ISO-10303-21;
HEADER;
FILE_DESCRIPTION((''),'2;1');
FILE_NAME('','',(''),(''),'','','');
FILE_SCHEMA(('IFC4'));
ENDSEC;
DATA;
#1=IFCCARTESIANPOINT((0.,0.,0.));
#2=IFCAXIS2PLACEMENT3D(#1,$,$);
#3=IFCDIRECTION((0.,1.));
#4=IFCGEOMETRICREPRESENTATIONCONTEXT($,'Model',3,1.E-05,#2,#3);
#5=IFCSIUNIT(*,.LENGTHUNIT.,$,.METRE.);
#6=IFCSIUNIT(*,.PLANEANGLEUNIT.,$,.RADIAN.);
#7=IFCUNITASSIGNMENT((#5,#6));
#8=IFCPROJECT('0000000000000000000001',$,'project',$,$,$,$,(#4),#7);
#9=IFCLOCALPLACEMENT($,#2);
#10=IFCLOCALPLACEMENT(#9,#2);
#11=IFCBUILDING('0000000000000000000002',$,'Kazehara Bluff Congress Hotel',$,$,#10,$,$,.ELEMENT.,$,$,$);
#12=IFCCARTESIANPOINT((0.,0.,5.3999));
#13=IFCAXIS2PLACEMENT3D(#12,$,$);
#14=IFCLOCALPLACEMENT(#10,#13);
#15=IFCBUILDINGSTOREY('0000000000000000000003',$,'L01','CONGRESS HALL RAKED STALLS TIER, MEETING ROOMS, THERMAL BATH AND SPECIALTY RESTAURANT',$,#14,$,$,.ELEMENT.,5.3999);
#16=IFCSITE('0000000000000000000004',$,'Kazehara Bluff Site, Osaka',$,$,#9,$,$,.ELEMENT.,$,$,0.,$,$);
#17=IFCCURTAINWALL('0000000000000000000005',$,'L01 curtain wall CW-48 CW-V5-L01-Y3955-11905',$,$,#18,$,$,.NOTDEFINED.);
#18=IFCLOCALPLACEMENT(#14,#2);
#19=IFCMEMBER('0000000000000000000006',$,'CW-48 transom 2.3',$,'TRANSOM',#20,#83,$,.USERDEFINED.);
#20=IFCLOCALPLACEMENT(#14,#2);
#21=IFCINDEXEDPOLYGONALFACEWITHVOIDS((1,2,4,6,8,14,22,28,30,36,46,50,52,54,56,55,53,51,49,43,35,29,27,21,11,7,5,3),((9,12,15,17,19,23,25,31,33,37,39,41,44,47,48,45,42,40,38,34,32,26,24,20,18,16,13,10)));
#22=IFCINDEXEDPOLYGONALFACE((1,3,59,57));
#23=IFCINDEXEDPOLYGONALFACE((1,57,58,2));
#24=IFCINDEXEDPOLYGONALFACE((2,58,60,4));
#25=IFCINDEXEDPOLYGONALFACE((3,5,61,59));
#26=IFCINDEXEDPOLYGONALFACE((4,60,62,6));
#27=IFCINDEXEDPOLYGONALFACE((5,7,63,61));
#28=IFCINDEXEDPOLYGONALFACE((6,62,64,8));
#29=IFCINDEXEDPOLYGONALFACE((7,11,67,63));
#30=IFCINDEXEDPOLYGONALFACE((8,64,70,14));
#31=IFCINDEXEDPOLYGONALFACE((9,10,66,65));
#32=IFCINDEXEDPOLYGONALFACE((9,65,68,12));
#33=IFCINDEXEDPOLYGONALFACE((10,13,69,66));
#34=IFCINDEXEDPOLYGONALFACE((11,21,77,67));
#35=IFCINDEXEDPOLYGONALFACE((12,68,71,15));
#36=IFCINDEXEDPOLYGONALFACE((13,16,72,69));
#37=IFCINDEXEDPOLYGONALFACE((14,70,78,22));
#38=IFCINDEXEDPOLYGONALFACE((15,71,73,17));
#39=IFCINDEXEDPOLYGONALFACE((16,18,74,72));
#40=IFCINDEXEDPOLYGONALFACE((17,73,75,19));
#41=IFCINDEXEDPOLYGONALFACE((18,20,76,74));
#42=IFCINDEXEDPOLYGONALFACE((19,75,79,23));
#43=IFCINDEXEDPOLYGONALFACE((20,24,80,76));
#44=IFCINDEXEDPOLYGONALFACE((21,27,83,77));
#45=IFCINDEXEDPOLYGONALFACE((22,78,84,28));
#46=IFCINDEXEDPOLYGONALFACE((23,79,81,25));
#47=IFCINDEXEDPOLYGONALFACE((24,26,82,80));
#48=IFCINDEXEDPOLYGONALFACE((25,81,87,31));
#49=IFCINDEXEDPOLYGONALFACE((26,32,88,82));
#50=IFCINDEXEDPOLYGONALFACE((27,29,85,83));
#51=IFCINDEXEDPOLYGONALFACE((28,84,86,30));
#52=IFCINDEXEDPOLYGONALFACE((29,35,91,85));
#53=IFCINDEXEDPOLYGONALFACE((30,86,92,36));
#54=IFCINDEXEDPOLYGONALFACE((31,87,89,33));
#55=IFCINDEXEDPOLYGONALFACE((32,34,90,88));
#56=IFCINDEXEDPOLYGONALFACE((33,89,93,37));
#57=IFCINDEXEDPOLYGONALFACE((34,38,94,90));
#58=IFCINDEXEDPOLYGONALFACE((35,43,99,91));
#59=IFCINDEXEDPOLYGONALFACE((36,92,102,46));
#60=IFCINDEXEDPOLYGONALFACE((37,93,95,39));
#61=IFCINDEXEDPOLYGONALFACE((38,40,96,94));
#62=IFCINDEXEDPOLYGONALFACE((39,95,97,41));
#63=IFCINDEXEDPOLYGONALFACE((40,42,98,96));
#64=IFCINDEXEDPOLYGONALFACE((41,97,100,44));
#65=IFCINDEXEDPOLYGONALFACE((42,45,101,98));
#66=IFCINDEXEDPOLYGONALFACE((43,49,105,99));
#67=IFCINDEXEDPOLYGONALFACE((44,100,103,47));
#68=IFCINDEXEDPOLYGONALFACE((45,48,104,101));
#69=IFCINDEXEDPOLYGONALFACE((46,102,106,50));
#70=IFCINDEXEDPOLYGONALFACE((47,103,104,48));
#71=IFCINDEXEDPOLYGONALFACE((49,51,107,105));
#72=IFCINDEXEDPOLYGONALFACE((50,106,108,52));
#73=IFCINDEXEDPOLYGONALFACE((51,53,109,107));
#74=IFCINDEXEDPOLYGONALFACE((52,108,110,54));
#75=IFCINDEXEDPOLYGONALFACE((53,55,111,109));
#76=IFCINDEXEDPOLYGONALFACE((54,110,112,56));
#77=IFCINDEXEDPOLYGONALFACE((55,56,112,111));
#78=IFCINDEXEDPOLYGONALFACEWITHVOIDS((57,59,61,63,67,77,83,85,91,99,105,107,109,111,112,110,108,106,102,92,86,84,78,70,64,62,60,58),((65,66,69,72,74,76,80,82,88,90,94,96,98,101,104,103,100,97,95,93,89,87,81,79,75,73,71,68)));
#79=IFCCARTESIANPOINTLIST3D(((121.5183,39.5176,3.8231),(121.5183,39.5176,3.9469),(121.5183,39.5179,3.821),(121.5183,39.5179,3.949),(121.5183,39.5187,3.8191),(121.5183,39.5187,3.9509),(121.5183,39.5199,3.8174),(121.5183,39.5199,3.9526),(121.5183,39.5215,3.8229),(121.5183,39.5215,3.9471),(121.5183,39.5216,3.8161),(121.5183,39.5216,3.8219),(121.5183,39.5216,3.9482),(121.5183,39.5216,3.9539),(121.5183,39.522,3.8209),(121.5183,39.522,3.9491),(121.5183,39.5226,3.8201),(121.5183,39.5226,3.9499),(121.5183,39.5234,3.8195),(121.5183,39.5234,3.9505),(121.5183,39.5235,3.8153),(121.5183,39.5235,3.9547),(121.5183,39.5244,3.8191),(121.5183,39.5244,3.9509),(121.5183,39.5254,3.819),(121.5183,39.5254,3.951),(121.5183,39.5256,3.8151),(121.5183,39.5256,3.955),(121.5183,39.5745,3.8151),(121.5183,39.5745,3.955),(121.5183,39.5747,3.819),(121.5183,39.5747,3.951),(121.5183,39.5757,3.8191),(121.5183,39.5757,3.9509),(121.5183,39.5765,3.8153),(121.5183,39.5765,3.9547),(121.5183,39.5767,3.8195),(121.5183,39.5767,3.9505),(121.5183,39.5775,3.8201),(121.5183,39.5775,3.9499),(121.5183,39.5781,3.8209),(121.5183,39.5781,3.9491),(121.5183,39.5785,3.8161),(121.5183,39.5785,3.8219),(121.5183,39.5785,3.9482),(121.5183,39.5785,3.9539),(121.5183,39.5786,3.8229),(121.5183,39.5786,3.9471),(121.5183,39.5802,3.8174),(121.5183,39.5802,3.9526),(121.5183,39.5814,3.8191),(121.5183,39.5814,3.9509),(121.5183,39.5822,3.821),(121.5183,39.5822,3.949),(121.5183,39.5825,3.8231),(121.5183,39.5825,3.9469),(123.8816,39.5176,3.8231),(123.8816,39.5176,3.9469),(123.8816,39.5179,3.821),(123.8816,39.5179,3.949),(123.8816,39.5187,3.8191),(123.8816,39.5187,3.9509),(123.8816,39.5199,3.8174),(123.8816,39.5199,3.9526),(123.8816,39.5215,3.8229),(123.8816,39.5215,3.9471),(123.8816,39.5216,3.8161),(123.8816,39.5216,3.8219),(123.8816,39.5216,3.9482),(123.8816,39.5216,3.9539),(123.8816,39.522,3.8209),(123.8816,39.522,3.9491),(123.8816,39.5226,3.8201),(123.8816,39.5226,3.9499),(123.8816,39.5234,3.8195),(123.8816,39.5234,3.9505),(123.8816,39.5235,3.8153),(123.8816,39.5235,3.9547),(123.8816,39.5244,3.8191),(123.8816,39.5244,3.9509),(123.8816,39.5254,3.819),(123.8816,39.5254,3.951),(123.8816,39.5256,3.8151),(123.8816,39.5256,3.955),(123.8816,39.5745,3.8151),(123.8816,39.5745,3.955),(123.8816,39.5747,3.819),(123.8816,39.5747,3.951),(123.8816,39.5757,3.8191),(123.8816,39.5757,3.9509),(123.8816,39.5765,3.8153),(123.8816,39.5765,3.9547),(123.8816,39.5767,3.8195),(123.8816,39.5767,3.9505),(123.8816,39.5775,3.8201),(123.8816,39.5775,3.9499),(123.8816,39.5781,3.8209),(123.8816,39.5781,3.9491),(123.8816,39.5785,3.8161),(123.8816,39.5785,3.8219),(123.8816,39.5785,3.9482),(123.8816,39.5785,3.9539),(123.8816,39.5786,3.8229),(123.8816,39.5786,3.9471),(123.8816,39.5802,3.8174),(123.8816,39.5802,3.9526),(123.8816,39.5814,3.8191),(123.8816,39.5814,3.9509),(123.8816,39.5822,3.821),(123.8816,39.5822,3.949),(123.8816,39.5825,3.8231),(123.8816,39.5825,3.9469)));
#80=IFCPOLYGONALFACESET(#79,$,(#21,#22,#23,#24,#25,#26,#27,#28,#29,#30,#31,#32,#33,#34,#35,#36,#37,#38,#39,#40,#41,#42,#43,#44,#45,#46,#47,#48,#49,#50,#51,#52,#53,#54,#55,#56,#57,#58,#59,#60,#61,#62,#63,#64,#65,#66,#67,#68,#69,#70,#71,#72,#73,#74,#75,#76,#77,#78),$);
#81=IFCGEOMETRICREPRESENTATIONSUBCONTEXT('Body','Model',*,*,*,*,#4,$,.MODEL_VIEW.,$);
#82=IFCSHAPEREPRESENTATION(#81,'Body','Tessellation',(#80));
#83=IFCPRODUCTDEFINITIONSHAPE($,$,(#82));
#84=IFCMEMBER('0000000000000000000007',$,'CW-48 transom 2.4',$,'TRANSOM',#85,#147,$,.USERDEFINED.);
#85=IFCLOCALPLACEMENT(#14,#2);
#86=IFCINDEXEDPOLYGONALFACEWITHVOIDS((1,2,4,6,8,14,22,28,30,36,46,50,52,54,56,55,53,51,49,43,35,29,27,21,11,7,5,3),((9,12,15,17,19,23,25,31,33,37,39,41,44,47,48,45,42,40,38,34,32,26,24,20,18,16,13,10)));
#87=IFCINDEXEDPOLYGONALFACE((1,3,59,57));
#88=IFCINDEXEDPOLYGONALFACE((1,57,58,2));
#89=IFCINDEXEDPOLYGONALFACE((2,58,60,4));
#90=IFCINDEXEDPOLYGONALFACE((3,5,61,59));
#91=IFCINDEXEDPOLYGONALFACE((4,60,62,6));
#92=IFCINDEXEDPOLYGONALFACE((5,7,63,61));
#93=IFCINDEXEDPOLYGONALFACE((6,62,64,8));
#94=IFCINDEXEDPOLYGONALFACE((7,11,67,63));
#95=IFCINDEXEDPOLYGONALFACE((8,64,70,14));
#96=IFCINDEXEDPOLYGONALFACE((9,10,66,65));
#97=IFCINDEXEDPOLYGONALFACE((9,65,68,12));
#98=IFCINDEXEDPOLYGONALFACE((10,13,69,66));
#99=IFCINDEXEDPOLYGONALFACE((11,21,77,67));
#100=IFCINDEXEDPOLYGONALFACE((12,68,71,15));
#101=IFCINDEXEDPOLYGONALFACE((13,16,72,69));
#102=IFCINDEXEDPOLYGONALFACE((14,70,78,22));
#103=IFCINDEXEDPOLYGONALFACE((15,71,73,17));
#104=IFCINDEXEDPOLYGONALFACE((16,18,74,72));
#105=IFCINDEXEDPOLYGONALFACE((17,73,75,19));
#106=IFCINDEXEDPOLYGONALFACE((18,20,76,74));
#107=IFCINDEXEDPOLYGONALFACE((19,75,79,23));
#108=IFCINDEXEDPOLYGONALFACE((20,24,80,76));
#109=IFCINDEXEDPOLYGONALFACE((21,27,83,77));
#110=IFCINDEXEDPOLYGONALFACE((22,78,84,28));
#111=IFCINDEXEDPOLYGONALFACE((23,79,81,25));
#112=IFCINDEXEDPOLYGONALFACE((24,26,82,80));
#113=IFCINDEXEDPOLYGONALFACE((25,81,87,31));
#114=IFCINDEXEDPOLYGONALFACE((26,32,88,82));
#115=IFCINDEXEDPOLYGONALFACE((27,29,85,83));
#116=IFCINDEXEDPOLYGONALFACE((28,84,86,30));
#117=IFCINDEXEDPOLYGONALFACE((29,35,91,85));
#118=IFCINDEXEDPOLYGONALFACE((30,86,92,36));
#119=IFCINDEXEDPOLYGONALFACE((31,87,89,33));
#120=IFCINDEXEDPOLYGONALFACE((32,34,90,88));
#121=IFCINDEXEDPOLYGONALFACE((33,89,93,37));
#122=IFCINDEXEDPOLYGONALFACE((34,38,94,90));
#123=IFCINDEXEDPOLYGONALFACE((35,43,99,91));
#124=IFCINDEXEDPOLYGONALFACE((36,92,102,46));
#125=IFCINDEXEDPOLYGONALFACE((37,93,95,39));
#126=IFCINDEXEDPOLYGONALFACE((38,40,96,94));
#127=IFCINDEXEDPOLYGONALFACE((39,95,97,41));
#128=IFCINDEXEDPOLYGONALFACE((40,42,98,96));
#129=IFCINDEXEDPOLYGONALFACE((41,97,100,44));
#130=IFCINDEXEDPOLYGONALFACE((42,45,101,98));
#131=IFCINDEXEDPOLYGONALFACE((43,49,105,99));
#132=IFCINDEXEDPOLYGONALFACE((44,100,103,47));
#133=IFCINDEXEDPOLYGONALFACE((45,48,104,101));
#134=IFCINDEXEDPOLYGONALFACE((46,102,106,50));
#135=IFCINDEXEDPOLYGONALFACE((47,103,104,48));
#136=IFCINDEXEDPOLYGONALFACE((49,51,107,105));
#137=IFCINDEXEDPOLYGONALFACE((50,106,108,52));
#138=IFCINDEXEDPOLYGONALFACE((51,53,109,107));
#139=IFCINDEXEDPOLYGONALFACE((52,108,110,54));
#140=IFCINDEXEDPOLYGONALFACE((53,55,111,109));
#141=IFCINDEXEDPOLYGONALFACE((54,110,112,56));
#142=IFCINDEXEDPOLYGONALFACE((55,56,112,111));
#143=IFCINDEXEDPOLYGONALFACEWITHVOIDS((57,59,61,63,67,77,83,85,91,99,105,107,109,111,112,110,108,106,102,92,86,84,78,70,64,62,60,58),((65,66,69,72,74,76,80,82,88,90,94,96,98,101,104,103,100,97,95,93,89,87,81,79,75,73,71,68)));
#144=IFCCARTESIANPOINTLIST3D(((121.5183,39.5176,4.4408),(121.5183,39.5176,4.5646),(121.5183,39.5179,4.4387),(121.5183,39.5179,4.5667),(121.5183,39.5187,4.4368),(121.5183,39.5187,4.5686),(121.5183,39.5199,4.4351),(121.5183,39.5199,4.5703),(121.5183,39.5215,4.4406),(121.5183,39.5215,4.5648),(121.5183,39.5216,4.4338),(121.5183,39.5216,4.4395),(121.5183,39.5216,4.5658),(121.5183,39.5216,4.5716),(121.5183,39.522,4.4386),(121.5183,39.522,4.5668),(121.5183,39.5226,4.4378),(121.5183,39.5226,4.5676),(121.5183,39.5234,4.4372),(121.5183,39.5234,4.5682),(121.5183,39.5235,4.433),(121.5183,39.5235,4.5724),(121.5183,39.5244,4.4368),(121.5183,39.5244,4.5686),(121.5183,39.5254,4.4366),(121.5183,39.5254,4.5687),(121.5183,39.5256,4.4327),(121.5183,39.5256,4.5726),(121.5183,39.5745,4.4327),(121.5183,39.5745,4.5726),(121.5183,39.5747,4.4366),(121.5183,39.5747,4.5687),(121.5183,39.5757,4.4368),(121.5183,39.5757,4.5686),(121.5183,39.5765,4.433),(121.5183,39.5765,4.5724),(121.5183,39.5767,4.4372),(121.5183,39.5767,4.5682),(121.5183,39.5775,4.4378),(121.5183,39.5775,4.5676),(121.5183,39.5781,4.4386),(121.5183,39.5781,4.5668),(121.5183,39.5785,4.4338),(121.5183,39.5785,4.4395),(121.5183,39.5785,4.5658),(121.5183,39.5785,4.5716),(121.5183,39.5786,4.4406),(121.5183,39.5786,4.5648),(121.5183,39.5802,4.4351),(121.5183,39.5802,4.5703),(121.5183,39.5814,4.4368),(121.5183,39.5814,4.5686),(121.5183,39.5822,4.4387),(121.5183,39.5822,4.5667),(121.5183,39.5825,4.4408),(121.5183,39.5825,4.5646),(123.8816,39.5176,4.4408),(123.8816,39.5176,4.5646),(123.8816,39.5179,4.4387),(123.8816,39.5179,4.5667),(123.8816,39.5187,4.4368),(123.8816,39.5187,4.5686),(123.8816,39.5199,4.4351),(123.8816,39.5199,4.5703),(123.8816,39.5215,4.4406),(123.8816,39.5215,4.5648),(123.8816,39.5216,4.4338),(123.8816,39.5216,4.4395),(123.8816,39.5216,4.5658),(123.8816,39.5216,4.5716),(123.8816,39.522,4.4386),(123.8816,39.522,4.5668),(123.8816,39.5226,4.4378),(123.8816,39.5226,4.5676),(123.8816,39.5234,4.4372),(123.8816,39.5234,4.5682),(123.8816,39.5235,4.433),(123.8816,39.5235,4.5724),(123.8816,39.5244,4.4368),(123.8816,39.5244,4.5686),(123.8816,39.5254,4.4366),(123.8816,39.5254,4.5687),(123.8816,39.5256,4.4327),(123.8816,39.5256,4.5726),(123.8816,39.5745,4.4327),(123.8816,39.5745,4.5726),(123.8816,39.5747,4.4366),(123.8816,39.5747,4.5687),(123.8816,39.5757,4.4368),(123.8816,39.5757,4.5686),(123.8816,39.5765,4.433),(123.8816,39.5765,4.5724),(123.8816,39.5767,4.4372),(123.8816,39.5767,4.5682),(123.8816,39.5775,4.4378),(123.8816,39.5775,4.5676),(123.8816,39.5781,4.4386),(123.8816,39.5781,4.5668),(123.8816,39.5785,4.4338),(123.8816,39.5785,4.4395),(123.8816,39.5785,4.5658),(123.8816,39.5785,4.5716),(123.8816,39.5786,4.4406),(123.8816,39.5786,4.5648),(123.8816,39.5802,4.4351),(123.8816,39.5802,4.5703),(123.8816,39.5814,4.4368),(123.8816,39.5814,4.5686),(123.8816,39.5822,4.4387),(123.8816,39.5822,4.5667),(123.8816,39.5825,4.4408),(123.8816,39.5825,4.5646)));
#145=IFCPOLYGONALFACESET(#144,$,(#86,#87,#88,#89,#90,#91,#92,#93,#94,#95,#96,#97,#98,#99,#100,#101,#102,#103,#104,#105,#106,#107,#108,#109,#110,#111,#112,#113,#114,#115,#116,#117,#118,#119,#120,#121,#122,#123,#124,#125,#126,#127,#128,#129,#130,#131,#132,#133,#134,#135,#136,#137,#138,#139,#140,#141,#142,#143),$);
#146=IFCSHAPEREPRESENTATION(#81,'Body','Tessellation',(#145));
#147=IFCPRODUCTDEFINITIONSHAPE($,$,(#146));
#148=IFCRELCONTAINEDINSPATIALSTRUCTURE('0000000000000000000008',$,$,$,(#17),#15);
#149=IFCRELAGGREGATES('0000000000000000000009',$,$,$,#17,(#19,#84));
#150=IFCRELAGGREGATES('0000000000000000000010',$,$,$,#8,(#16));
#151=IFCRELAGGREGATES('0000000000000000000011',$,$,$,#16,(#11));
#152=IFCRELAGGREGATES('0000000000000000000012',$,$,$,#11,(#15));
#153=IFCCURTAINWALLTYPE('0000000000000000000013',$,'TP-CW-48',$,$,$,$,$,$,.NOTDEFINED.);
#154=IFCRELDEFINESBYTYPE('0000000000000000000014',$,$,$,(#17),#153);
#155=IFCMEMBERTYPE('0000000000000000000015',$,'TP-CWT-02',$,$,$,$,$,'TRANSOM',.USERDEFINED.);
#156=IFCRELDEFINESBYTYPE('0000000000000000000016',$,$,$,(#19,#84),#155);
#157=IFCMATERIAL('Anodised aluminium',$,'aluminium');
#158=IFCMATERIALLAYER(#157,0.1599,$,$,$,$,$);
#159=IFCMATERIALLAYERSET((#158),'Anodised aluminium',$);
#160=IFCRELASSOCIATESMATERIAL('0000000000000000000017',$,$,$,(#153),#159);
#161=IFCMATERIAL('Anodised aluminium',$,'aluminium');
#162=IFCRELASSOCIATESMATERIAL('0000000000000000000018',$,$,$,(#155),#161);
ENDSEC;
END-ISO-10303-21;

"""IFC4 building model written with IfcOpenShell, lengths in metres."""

from ifc_helpers import new_model, si_unit, direction, frame, origin, origin_2d, place, context, subcontext, project, spatial, hollow_rectangle, extrude, material, layer, layer_set, material_profile, profile_set, type_object, element, aggregate, save


model = new_model("IFC4")

# Units and contexts
model_context = context("Model", 3, precision=1e-05, world=origin(), true_north=direction((0.0, 1.0)))
body_context = subcontext(model_context, "Body", "Model", "MODEL_VIEW")
ifc_project = project(units=[si_unit("LENGTHUNIT", "METRE"), si_unit("PLANEANGLEUNIT", "RADIAN")], contexts=[model_context])

# Site, building, storey
site_placement = place(None, origin())
site = spatial("IfcSite", under=ifc_project, at=site_placement, Name="Kazehara Bluff Site, Osaka", CompositionType="ELEMENT", RefElevation=0.0)
building_placement = place(site_placement, origin())
building = spatial("IfcBuilding", under=site, at=building_placement, Name="Kazehara Bluff Congress Hotel", CompositionType="ELEMENT")
storey_placement = place(building_placement, frame((0.0, 0.0, 5.3999)))
storey = spatial("IfcBuildingStorey", under=building, at=storey_placement, Name="L01", Description="CONGRESS HALL RAKED STALLS TIER, MEETING ROOMS, THERMAL BATH AND SPECIALTY RESTAURANT", CompositionType="ELEMENT", Elevation=5.3999)

# Curtain wall, members
ifc_material_1 = material(Name="Anodised aluminium", Category="aluminium")
ifc_layer_1 = layer(ifc_material_1, 0.1599)
ifc_layer_set_1 = layer_set([ifc_layer_1], Name="Anodised aluminium")
curtain_wall_type_1 = type_object("IfcCurtainWallType", Name="TP-CW-48", PredefinedType="NOTDEFINED", material=ifc_layer_set_1)
curtain_wall_1_placement = place(storey_placement, origin())
curtain_wall_1 = element("IfcCurtainWall", 1, at=curtain_wall_1_placement, inside=storey, type_object=curtain_wall_type_1, Name="L01 curtain wall CW-48 CW-V5-L01-Y3955-11905", PredefinedType="NOTDEFINED")
ifc_material_2 = material(Name="Anodised aluminium", Category="aluminium")
ifc_material_profile_1 = material_profile(ifc_material_2, hollow_rectangle(XDim=0.0649, YDim=0.1399, WallThickness=0.0039, InnerFilletRadius=0.0039, OuterFilletRadius=0.0081, at=origin_2d()))
ifc_profile_set_1 = profile_set([ifc_material_profile_1], Name="Anodised aluminium")
member_type_1 = type_object("IfcMemberType", Name="TP-CWT-02", ElementType="TRANSOM", PredefinedType="USERDEFINED", material=ifc_profile_set_1)
member_1_placement = place(storey_placement, frame((121.5183, 39.55, 3.885), z_axis=(1.0, 0.0, 0.0), x_axis=(0.0, 1.0, 0.0)))
member_1 = element("IfcMember", 2, at=member_1_placement, type_object=member_type_1, Name="CW-48 transom 2.3", ObjectType="TRANSOM", PredefinedType="USERDEFINED", context=body_context, shape_type="SweptSolid", body=[
    extrude(hollow_rectangle(XDim=0.0649, YDim=0.1399, WallThickness=0.0039, InnerFilletRadius=0.0039, OuterFilletRadius=0.0081, at=origin_2d()), origin(), (0.0, 0.0, 1.0), 2.3633),
])
member_2_placement = place(storey_placement, frame((121.5183, 39.55, 4.5027), z_axis=(1.0, 0.0, 0.0), x_axis=(0.0, 1.0, 0.0)))
member_2 = element("IfcMember", 3, at=member_2_placement, type_object=member_type_1, Name="CW-48 transom 2.4", ObjectType="TRANSOM", PredefinedType="USERDEFINED", context=body_context, shape_type="SweptSolid", body=[
    extrude(hollow_rectangle(XDim=0.0649, YDim=0.1399, WallThickness=0.0039, InnerFilletRadius=0.0039, OuterFilletRadius=0.0081, at=origin_2d()), origin(), (0.0, 0.0, 1.0), 2.3633),
])

aggregate(curtain_wall_1, [member_1, member_2])

save(model, "model.ifc")
